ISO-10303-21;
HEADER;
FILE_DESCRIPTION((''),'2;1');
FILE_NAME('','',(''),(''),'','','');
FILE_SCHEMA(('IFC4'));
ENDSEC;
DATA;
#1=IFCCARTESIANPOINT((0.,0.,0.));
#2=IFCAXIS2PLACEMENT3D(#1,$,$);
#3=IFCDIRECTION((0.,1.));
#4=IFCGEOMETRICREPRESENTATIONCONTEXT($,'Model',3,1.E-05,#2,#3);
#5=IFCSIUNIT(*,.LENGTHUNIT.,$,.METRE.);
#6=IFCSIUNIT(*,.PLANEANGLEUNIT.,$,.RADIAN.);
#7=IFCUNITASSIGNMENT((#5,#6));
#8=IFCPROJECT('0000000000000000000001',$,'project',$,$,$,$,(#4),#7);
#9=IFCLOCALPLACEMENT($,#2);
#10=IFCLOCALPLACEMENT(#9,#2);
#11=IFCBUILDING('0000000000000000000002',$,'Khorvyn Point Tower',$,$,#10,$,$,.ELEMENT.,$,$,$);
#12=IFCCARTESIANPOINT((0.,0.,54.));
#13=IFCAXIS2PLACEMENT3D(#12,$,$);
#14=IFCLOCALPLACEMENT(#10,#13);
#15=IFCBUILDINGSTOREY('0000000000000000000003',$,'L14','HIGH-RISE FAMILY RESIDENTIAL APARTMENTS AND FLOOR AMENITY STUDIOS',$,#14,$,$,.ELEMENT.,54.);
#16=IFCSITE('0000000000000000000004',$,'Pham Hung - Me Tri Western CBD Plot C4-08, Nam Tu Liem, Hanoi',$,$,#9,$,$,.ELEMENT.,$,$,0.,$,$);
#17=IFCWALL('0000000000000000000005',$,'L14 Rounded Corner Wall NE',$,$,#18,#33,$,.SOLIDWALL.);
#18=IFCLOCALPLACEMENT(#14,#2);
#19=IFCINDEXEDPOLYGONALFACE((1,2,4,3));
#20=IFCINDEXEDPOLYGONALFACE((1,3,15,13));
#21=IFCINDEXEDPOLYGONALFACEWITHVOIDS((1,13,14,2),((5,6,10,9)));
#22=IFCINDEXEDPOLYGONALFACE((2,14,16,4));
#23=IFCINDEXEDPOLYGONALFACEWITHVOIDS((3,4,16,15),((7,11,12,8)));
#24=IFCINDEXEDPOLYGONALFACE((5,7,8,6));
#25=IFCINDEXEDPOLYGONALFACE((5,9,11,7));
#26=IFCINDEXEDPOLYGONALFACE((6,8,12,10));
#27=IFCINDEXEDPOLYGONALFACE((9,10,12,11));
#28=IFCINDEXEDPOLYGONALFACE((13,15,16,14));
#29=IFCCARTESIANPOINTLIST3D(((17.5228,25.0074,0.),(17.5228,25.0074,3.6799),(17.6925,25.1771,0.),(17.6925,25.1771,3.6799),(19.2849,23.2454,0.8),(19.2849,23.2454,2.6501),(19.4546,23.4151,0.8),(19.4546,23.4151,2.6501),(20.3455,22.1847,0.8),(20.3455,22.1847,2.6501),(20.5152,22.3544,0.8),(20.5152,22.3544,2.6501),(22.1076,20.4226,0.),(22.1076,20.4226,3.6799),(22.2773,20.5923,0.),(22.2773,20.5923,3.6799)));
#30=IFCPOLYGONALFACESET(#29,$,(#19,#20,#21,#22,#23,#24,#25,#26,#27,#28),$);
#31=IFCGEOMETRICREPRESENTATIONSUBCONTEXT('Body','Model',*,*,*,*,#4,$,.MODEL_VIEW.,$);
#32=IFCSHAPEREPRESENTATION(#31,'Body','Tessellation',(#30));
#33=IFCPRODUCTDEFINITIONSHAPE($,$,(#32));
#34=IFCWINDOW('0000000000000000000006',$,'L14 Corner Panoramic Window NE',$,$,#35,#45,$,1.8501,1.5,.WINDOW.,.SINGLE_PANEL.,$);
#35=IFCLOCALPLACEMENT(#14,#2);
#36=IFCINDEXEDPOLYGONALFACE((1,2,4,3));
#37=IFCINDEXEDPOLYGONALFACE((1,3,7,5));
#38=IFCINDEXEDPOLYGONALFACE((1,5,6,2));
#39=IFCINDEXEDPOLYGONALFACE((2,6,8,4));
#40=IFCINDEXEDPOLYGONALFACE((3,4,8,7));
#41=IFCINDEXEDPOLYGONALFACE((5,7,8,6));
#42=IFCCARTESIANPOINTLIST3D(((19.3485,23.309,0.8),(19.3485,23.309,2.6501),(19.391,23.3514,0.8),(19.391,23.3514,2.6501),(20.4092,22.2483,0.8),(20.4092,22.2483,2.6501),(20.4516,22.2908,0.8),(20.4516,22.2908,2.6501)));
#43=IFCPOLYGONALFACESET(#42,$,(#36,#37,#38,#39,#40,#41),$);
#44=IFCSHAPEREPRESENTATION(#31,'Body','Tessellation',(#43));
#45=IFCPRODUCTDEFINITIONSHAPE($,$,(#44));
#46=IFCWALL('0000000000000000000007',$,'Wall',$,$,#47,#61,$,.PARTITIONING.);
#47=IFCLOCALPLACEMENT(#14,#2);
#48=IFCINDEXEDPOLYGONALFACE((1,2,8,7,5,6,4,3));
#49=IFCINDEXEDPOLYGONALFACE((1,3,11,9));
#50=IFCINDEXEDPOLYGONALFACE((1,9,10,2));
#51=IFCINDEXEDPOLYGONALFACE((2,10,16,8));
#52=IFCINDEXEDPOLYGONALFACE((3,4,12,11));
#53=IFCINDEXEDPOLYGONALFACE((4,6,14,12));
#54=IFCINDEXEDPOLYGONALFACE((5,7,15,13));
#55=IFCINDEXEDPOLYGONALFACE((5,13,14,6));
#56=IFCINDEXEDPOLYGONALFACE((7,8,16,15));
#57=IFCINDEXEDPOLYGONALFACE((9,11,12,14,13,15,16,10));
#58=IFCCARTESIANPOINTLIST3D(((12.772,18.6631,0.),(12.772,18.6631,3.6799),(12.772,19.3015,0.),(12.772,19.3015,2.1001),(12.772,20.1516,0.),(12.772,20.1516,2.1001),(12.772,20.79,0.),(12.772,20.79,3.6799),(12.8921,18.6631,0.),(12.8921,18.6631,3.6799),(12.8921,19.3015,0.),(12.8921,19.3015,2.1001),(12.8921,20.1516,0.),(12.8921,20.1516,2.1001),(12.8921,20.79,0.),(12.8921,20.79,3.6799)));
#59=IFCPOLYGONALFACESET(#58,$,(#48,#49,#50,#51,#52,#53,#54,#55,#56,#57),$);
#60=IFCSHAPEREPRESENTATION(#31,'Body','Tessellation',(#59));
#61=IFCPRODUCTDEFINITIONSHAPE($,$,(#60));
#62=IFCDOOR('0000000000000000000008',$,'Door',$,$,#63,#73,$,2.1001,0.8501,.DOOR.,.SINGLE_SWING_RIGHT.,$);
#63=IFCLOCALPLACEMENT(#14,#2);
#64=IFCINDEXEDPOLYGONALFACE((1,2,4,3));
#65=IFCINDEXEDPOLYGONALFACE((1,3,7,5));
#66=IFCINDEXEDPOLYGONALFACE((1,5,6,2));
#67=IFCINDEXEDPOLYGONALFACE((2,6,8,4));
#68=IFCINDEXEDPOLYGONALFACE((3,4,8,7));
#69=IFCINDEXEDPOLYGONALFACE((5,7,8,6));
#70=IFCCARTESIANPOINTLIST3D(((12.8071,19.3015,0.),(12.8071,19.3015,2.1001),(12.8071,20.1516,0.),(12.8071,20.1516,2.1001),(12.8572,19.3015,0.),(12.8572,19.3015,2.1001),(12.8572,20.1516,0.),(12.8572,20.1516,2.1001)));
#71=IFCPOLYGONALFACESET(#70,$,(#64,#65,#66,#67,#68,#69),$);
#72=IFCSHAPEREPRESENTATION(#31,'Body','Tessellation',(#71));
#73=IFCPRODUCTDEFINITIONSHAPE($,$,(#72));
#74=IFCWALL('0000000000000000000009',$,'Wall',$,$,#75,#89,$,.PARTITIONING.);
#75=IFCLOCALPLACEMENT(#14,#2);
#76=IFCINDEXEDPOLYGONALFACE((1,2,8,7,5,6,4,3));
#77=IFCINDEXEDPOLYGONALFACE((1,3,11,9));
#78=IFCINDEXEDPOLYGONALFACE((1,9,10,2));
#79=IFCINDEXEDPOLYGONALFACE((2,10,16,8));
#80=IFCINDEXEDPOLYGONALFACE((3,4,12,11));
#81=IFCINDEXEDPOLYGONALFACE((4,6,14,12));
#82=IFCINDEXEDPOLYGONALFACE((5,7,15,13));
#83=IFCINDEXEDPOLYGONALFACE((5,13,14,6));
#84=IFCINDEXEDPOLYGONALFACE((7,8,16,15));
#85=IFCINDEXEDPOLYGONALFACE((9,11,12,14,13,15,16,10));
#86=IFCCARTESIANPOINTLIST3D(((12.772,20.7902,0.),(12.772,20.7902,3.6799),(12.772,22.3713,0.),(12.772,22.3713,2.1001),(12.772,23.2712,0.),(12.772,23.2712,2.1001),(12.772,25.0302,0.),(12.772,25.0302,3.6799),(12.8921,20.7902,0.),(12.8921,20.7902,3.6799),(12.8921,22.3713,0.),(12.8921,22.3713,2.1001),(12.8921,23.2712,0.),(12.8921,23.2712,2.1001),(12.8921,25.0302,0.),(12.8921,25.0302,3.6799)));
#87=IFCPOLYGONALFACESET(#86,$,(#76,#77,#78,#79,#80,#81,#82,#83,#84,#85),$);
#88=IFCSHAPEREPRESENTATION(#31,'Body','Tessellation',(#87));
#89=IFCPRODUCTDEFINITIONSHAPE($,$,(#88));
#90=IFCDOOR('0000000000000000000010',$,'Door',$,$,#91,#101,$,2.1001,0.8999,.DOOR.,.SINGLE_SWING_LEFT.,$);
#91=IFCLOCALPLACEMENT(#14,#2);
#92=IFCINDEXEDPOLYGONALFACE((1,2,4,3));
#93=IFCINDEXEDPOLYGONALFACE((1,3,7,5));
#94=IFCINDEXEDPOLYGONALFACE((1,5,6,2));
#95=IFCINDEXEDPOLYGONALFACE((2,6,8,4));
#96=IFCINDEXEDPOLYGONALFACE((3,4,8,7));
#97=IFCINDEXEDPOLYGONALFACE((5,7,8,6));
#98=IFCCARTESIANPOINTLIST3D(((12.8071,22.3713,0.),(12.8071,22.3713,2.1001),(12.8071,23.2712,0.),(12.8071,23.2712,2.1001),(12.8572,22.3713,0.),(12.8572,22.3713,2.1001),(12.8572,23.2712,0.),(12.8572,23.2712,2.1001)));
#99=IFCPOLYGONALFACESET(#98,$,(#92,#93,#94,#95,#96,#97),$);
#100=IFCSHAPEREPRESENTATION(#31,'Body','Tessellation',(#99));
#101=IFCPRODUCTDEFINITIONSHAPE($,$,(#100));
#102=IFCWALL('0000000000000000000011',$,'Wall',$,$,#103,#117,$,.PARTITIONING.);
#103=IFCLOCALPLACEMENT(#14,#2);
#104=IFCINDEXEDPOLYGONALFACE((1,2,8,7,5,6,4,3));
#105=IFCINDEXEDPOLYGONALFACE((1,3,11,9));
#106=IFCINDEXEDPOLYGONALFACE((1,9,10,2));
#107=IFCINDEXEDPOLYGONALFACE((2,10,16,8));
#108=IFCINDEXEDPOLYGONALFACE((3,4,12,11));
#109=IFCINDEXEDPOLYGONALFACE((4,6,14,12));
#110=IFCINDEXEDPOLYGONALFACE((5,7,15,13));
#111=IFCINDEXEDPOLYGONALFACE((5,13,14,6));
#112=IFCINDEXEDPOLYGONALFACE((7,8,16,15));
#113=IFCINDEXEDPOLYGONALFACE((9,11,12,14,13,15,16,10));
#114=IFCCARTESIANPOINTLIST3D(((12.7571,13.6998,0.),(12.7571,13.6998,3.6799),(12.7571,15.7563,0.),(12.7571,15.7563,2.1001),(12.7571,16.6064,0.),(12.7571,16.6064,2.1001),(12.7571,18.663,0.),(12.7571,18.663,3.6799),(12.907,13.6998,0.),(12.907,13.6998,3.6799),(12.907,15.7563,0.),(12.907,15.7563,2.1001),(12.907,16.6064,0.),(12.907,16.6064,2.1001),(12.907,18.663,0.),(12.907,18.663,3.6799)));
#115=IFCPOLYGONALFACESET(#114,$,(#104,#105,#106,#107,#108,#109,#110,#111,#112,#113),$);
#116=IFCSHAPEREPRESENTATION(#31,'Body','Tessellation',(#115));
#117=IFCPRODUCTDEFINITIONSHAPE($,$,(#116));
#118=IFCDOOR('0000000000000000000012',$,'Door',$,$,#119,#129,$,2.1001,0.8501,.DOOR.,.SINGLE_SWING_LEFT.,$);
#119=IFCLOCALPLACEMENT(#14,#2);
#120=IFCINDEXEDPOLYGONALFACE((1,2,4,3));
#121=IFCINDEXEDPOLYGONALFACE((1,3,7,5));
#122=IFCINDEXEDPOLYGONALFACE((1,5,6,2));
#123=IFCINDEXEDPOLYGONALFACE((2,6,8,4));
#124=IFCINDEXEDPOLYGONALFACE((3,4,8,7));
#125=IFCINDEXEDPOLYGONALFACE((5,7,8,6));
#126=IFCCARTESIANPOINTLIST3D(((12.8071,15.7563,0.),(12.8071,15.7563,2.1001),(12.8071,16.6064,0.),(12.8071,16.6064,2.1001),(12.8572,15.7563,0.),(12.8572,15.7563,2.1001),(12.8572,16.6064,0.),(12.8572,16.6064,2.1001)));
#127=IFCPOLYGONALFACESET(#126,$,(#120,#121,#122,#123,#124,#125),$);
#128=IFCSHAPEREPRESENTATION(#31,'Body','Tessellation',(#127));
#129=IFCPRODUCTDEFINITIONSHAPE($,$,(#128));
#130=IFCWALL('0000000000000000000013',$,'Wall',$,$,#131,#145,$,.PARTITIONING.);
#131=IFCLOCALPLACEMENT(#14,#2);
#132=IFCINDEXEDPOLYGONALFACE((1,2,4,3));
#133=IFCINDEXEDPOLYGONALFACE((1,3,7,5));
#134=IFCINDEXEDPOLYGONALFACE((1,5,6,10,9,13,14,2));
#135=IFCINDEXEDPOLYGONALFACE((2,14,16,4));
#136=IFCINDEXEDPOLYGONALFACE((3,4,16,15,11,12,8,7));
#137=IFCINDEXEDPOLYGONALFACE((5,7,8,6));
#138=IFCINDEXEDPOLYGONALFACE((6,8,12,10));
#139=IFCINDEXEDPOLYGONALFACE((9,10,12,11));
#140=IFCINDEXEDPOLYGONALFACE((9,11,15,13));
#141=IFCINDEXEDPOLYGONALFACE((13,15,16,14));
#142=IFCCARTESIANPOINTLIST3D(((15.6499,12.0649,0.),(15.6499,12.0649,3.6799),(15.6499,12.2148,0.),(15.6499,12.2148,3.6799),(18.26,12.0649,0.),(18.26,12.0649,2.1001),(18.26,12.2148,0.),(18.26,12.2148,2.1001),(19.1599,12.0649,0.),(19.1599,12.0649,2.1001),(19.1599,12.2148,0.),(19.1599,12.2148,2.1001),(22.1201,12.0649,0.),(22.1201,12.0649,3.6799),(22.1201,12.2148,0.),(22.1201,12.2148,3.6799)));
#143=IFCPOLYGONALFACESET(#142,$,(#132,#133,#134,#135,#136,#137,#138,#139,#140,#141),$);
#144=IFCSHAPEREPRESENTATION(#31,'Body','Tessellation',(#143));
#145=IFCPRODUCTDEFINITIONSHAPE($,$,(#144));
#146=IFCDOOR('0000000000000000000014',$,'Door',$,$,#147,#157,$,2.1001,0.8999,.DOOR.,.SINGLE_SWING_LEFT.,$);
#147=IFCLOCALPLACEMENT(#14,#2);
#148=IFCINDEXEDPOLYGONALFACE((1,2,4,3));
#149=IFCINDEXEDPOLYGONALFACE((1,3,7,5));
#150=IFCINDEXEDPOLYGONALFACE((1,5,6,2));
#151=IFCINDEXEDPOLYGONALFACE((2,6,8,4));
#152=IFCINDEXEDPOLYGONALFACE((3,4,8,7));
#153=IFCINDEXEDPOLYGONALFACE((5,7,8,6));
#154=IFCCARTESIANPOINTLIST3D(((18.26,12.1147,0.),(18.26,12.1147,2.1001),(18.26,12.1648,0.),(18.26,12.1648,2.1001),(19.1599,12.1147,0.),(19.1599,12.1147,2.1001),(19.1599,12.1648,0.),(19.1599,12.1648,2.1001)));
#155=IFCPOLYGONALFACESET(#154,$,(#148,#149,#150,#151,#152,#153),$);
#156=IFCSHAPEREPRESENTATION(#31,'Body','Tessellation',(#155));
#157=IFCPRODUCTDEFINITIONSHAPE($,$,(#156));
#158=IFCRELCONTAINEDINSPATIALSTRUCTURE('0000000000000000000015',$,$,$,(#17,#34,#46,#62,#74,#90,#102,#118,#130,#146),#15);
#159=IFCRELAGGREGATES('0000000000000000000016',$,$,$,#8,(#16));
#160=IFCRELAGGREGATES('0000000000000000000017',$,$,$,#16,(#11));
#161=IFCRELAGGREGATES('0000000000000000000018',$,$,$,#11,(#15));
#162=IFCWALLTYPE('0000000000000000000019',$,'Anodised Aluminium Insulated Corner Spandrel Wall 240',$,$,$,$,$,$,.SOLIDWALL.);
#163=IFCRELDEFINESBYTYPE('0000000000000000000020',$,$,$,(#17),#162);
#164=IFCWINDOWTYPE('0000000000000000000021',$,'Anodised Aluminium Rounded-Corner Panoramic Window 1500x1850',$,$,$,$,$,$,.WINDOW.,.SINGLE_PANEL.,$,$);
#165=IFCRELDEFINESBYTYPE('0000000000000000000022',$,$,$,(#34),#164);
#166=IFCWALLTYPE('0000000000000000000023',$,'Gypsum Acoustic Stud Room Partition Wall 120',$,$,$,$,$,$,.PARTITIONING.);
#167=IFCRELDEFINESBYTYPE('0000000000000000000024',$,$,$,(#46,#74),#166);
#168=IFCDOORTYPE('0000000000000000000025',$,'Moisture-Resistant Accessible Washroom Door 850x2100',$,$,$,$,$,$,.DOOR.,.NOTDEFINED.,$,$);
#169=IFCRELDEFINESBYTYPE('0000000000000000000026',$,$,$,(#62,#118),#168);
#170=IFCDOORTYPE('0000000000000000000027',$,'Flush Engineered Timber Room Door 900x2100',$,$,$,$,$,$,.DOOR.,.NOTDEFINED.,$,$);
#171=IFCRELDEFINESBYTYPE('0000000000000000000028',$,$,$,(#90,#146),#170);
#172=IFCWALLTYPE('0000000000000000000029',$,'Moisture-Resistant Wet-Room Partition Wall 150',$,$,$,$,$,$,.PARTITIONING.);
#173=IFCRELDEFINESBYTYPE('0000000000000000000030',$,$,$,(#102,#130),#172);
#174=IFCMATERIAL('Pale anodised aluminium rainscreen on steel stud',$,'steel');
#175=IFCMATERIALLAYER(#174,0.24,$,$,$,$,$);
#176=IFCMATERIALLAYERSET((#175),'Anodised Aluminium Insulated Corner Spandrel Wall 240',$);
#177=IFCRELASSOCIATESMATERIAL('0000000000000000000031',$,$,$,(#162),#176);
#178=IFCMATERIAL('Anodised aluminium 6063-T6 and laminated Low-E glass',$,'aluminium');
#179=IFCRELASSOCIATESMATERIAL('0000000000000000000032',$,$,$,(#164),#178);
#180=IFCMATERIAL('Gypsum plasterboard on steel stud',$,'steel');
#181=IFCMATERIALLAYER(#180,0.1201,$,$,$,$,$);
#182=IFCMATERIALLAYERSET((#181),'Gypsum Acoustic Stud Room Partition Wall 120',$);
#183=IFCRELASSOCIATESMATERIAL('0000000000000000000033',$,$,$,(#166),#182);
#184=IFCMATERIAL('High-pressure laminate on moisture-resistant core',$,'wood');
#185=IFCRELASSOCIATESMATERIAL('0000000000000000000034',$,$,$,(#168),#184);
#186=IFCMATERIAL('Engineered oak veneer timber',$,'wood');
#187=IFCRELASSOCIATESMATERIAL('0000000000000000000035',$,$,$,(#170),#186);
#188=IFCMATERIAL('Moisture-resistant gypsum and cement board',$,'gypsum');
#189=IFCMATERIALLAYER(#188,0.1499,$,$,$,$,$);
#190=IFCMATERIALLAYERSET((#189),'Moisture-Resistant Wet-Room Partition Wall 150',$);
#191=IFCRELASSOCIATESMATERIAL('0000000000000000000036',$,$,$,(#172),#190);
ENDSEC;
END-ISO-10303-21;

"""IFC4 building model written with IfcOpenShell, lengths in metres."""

from ifc_helpers import new_model, si_unit, direction, frame, frame_2d, origin, place, context, subcontext, project, spatial, rectangle, extrude, material, layer, layer_set, type_object, element, fill, save


model = new_model("IFC4")

# Units and contexts
model_context = context("Model", 3, precision=1e-05, world=origin(), true_north=direction((0.0, 1.0)))
body_context = subcontext(model_context, "Body", "Model", "MODEL_VIEW")
ifc_project = project(units=[si_unit("LENGTHUNIT", "METRE"), si_unit("PLANEANGLEUNIT", "RADIAN")], contexts=[model_context])

# Site, building, storey
site_placement = place(None, origin())
site = spatial("IfcSite", under=ifc_project, at=site_placement, Name="Pham Hung - Me Tri Western CBD Plot C4-08, Nam Tu Liem, Hanoi", CompositionType="ELEMENT", RefElevation=0.0)
building_placement = place(site_placement, origin())
building = spatial("IfcBuilding", under=site, at=building_placement, Name="Khorvyn Point Tower", CompositionType="ELEMENT")
storey_placement = place(building_placement, frame((0.0, 0.0, 54.0)))
storey = spatial("IfcBuildingStorey", under=building, at=storey_placement, Name="L14", Description="HIGH-RISE FAMILY RESIDENTIAL APARTMENTS AND FLOOR AMENITY STUDIOS", CompositionType="ELEMENT", Elevation=54.0)

# Shared definitions
ifc_material_1 = material(Name="Anodised aluminium 6063-T6 and laminated Low-E glass", Category="aluminium")

# Wall, opening, window
ifc_material_2 = material(Name="Pale anodised aluminium rainscreen on steel stud", Category="steel")
ifc_layer_1 = layer(ifc_material_2, 0.24)
ifc_layer_set_1 = layer_set([ifc_layer_1], Name="Anodised Aluminium Insulated Corner Spandrel Wall 240")
wall_type_1 = type_object("IfcWallType", Name="Anodised Aluminium Insulated Corner Spandrel Wall 240", PredefinedType="SOLIDWALL", material=ifc_layer_set_1)
wall_1_placement = place(storey_placement, frame((17.6077, 25.0923, 0.0), z_axis=(0.0, 0.0, 1.0), x_axis=(0.707107, -0.707107, 0.0)))
wall_1 = element("IfcWall", 1, at=wall_1_placement, inside=storey, type_object=wall_type_1, Name="L14 Rounded Corner Wall NE", PredefinedType="SOLIDWALL", context=body_context, shape_type="SweptSolid", body=[
    extrude(rectangle(XDim=6.4839, YDim=0.24, at=frame_2d((3.2419, 0.0))), origin(), (0.0, 0.0, 1.0), 3.6799),
])
opening_1_placement = place(wall_1_placement, frame((2.4919, 0.0, 0.8)))
opening_1 = element("IfcOpeningElement", 2, at=opening_1_placement, cuts=wall_1, PredefinedType="OPENING", context=body_context, shape_type="SweptSolid", body=[
    extrude(rectangle(XDim=1.5, YDim=1.8501, at=frame_2d((0.75, 0.925))), frame((0.0, 0.1299, 0.0), z_axis=(0.0, -1.0, 0.0), x_axis=(1.0, 0.0, 0.0)), (0.0, 0.0, 1.0), 0.26),
])
window_type = type_object("IfcWindowType", Name="Anodised Aluminium Rounded-Corner Panoramic Window 1500x1850", PartitioningType="SINGLE_PANEL", PredefinedType="WINDOW", material=ifc_material_1)
window_placement = place(opening_1_placement, origin())
window = element("IfcWindow", 3, at=window_placement, inside=storey, type_object=window_type, Name="L14 Corner Panoramic Window NE", OverallHeight=1.8501, OverallWidth=1.5, PartitioningType="SINGLE_PANEL", PredefinedType="WINDOW", context=body_context, shape_type="SweptSolid", body=[
    extrude(rectangle(XDim=1.5, YDim=1.8501, at=frame_2d((0.75, 0.925))), frame((0.0, 0.03, 0.0), z_axis=(0.0, -1.0, 0.0), x_axis=(1.0, 0.0, 0.0)), (0.0, 0.0, 1.0), 0.0601),
])
fill(opening_1, window)

# Walls, openings, doors
ifc_material_3 = material(Name="Gypsum plasterboard on steel stud", Category="steel")
ifc_layer_2 = layer(ifc_material_3, 0.1201)
ifc_layer_set_2 = layer_set([ifc_layer_2], Name="Gypsum Acoustic Stud Room Partition Wall 120")
wall_type_2 = type_object("IfcWallType", Name="Gypsum Acoustic Stud Room Partition Wall 120", PredefinedType="PARTITIONING", material=ifc_layer_set_2)
wall_2_placement = place(storey_placement, frame((12.832, 18.6631, 0.0), z_axis=(0.0, 0.0, 1.0), x_axis=(0.0, 1.0, 0.0)))
wall_2 = element("IfcWall", 4, at=wall_2_placement, inside=storey, type_object=wall_type_2, Name="Wall", PredefinedType="PARTITIONING", context=body_context, shape_type="SweptSolid", body=[
    extrude(rectangle(XDim=2.127, YDim=0.1201, at=frame_2d((1.0635, 0.0))), origin(), (0.0, 0.0, 1.0), 3.6799),
])
opening_2_placement = place(wall_2_placement, frame((0.6384, 0.0, 0.0)))
opening_2 = element("IfcOpeningElement", 5, at=opening_2_placement, cuts=wall_2, PredefinedType="OPENING", context=body_context, shape_type="SweptSolid", body=[
    extrude(rectangle(XDim=0.8501, YDim=2.1001, at=frame_2d((0.425, 1.05))), frame((0.0, 0.0701, 0.0), z_axis=(0.0, -1.0, 0.0), x_axis=(1.0, 0.0, 0.0)), (0.0, 0.0, 1.0), 0.1401),
])
ifc_material_4 = material(Name="High-pressure laminate on moisture-resistant core", Category="wood")
door_type_1 = type_object("IfcDoorType", Name="Moisture-Resistant Accessible Washroom Door 850x2100", OperationType="NOTDEFINED", PredefinedType="DOOR", material=ifc_material_4)
door_1_placement = place(opening_2_placement, origin())
door_1 = element("IfcDoor", 6, at=door_1_placement, inside=storey, type_object=door_type_1, Name="Door", OperationType="SINGLE_SWING_RIGHT", OverallHeight=2.1001, OverallWidth=0.8501, PredefinedType="DOOR", context=body_context, shape_type="SweptSolid", body=[
    extrude(rectangle(XDim=0.8501, YDim=2.1001, at=frame_2d((0.425, 1.05))), frame((0.0, 0.0249, 0.0), z_axis=(0.0, -1.0, 0.0), x_axis=(1.0, 0.0, 0.0)), (0.0, 0.0, 1.0), 0.05),
])
fill(opening_2, door_1)
wall_3_placement = place(storey_placement, frame((12.832, 20.79, 0.0), z_axis=(0.0, 0.0, 1.0), x_axis=(0.0, 1.0, 0.0)))
wall_3 = element("IfcWall", 7, at=wall_3_placement, inside=storey, type_object=wall_type_2, Name="Wall", PredefinedType="PARTITIONING", context=body_context, shape_type="SweptSolid", body=[
    extrude(rectangle(XDim=4.24, YDim=0.1201, at=frame_2d((2.1201, 0.0))), origin(), (0.0, 0.0, 1.0), 3.6799),
])
opening_3_placement = place(wall_3_placement, frame((1.5813, 0.0, 0.0)))
opening_3 = element("IfcOpeningElement", 8, at=opening_3_placement, cuts=wall_3, PredefinedType="OPENING", context=body_context, shape_type="SweptSolid", body=[
    extrude(rectangle(XDim=0.8999, YDim=2.1001, at=frame_2d((0.45, 1.05))), frame((0.0, 0.0701, 0.0), z_axis=(0.0, -1.0, 0.0), x_axis=(1.0, 0.0, 0.0)), (0.0, 0.0, 1.0), 0.1401),
])
ifc_material_5 = material(Name="Engineered oak veneer timber", Category="wood")
door_type_2 = type_object("IfcDoorType", Name="Flush Engineered Timber Room Door 900x2100", OperationType="NOTDEFINED", PredefinedType="DOOR", material=ifc_material_5)
door_2_placement = place(opening_3_placement, origin())
door_2 = element("IfcDoor", 9, at=door_2_placement, inside=storey, type_object=door_type_2, Name="Door", OperationType="SINGLE_SWING_LEFT", OverallHeight=2.1001, OverallWidth=0.8999, PredefinedType="DOOR", context=body_context, shape_type="SweptSolid", body=[
    extrude(rectangle(XDim=0.8999, YDim=2.1001, at=frame_2d((0.45, 1.05))), frame((0.0, 0.0249, 0.0), z_axis=(0.0, -1.0, 0.0), x_axis=(1.0, 0.0, 0.0)), (0.0, 0.0, 1.0), 0.05),
])
fill(opening_3, door_2)
ifc_material_6 = material(Name="Moisture-resistant gypsum and cement board", Category="gypsum")
ifc_layer_3 = layer(ifc_material_6, 0.1499)
ifc_layer_set_3 = layer_set([ifc_layer_3], Name="Moisture-Resistant Wet-Room Partition Wall 150")
wall_type_3 = type_object("IfcWallType", Name="Moisture-Resistant Wet-Room Partition Wall 150", PredefinedType="PARTITIONING", material=ifc_layer_set_3)
wall_4_placement = place(storey_placement, frame((12.832, 13.7, 0.0), z_axis=(0.0, 0.0, 1.0), x_axis=(0.0, 1.0, 0.0)))
wall_4 = element("IfcWall", 10, at=wall_4_placement, inside=storey, type_object=wall_type_3, Name="Wall", PredefinedType="PARTITIONING", context=body_context, shape_type="SweptSolid", body=[
    extrude(rectangle(XDim=4.9631, YDim=0.1499, at=frame_2d((2.4814, 0.0))), origin(), (0.0, 0.0, 1.0), 3.6799),
])
opening_4_placement = place(wall_4_placement, frame((2.0564, 0.0, 0.0)))
opening_4 = element("IfcOpeningElement", 11, at=opening_4_placement, cuts=wall_4, PredefinedType="OPENING", context=body_context, shape_type="SweptSolid", body=[
    extrude(rectangle(XDim=0.8501, YDim=2.1001, at=frame_2d((0.425, 1.05))), frame((0.0, 0.085, 0.0), z_axis=(0.0, -1.0, 0.0), x_axis=(1.0, 0.0, 0.0)), (0.0, 0.0, 1.0), 0.1699),
])
door_3_placement = place(opening_4_placement, origin())
door_3 = element("IfcDoor", 12, at=door_3_placement, inside=storey, type_object=door_type_1, Name="Door", OperationType="SINGLE_SWING_LEFT", OverallHeight=2.1001, OverallWidth=0.8501, PredefinedType="DOOR", context=body_context, shape_type="SweptSolid", body=[
    extrude(rectangle(XDim=0.8501, YDim=2.1001, at=frame_2d((0.425, 1.05))), frame((0.0, 0.0249, 0.0), z_axis=(0.0, -1.0, 0.0), x_axis=(1.0, 0.0, 0.0)), (0.0, 0.0, 1.0), 0.05),
])
fill(opening_4, door_3)
wall_5_placement = place(storey_placement, frame((15.6499, 12.1399, 0.0), z_axis=(0.0, 0.0, 1.0), x_axis=(1.0, 0.0, 0.0)))
wall_5 = element("IfcWall", 13, at=wall_5_placement, inside=storey, type_object=wall_type_3, Name="Wall", PredefinedType="PARTITIONING", context=body_context, shape_type="SweptSolid", body=[
    extrude(rectangle(XDim=6.4702, YDim=0.1499, at=frame_2d((3.2351, 0.0))), origin(), (0.0, 0.0, 1.0), 3.6799),
])
opening_5_placement = place(wall_5_placement, frame((2.6101, 0.0, 0.0)))
opening_5 = element("IfcOpeningElement", 14, at=opening_5_placement, cuts=wall_5, PredefinedType="OPENING", context=body_context, shape_type="SweptSolid", body=[
    extrude(rectangle(XDim=0.8999, YDim=2.1001, at=frame_2d((0.45, 1.05))), frame((0.0, 0.085, 0.0), z_axis=(0.0, -1.0, 0.0), x_axis=(1.0, 0.0, 0.0)), (0.0, 0.0, 1.0), 0.1699),
])
door_4_placement = place(opening_5_placement, origin())
door_4 = element("IfcDoor", 15, at=door_4_placement, inside=storey, type_object=door_type_2, Name="Door", OperationType="SINGLE_SWING_LEFT", OverallHeight=2.1001, OverallWidth=0.8999, PredefinedType="DOOR", context=body_context, shape_type="SweptSolid", body=[
    extrude(rectangle(XDim=0.8999, YDim=2.1001, at=frame_2d((0.45, 1.05))), frame((0.0, 0.0249, 0.0), z_axis=(0.0, -1.0, 0.0), x_axis=(1.0, 0.0, 0.0)), (0.0, 0.0, 1.0), 0.05),
])
fill(opening_5, door_4)

save(model, "model.ifc")
